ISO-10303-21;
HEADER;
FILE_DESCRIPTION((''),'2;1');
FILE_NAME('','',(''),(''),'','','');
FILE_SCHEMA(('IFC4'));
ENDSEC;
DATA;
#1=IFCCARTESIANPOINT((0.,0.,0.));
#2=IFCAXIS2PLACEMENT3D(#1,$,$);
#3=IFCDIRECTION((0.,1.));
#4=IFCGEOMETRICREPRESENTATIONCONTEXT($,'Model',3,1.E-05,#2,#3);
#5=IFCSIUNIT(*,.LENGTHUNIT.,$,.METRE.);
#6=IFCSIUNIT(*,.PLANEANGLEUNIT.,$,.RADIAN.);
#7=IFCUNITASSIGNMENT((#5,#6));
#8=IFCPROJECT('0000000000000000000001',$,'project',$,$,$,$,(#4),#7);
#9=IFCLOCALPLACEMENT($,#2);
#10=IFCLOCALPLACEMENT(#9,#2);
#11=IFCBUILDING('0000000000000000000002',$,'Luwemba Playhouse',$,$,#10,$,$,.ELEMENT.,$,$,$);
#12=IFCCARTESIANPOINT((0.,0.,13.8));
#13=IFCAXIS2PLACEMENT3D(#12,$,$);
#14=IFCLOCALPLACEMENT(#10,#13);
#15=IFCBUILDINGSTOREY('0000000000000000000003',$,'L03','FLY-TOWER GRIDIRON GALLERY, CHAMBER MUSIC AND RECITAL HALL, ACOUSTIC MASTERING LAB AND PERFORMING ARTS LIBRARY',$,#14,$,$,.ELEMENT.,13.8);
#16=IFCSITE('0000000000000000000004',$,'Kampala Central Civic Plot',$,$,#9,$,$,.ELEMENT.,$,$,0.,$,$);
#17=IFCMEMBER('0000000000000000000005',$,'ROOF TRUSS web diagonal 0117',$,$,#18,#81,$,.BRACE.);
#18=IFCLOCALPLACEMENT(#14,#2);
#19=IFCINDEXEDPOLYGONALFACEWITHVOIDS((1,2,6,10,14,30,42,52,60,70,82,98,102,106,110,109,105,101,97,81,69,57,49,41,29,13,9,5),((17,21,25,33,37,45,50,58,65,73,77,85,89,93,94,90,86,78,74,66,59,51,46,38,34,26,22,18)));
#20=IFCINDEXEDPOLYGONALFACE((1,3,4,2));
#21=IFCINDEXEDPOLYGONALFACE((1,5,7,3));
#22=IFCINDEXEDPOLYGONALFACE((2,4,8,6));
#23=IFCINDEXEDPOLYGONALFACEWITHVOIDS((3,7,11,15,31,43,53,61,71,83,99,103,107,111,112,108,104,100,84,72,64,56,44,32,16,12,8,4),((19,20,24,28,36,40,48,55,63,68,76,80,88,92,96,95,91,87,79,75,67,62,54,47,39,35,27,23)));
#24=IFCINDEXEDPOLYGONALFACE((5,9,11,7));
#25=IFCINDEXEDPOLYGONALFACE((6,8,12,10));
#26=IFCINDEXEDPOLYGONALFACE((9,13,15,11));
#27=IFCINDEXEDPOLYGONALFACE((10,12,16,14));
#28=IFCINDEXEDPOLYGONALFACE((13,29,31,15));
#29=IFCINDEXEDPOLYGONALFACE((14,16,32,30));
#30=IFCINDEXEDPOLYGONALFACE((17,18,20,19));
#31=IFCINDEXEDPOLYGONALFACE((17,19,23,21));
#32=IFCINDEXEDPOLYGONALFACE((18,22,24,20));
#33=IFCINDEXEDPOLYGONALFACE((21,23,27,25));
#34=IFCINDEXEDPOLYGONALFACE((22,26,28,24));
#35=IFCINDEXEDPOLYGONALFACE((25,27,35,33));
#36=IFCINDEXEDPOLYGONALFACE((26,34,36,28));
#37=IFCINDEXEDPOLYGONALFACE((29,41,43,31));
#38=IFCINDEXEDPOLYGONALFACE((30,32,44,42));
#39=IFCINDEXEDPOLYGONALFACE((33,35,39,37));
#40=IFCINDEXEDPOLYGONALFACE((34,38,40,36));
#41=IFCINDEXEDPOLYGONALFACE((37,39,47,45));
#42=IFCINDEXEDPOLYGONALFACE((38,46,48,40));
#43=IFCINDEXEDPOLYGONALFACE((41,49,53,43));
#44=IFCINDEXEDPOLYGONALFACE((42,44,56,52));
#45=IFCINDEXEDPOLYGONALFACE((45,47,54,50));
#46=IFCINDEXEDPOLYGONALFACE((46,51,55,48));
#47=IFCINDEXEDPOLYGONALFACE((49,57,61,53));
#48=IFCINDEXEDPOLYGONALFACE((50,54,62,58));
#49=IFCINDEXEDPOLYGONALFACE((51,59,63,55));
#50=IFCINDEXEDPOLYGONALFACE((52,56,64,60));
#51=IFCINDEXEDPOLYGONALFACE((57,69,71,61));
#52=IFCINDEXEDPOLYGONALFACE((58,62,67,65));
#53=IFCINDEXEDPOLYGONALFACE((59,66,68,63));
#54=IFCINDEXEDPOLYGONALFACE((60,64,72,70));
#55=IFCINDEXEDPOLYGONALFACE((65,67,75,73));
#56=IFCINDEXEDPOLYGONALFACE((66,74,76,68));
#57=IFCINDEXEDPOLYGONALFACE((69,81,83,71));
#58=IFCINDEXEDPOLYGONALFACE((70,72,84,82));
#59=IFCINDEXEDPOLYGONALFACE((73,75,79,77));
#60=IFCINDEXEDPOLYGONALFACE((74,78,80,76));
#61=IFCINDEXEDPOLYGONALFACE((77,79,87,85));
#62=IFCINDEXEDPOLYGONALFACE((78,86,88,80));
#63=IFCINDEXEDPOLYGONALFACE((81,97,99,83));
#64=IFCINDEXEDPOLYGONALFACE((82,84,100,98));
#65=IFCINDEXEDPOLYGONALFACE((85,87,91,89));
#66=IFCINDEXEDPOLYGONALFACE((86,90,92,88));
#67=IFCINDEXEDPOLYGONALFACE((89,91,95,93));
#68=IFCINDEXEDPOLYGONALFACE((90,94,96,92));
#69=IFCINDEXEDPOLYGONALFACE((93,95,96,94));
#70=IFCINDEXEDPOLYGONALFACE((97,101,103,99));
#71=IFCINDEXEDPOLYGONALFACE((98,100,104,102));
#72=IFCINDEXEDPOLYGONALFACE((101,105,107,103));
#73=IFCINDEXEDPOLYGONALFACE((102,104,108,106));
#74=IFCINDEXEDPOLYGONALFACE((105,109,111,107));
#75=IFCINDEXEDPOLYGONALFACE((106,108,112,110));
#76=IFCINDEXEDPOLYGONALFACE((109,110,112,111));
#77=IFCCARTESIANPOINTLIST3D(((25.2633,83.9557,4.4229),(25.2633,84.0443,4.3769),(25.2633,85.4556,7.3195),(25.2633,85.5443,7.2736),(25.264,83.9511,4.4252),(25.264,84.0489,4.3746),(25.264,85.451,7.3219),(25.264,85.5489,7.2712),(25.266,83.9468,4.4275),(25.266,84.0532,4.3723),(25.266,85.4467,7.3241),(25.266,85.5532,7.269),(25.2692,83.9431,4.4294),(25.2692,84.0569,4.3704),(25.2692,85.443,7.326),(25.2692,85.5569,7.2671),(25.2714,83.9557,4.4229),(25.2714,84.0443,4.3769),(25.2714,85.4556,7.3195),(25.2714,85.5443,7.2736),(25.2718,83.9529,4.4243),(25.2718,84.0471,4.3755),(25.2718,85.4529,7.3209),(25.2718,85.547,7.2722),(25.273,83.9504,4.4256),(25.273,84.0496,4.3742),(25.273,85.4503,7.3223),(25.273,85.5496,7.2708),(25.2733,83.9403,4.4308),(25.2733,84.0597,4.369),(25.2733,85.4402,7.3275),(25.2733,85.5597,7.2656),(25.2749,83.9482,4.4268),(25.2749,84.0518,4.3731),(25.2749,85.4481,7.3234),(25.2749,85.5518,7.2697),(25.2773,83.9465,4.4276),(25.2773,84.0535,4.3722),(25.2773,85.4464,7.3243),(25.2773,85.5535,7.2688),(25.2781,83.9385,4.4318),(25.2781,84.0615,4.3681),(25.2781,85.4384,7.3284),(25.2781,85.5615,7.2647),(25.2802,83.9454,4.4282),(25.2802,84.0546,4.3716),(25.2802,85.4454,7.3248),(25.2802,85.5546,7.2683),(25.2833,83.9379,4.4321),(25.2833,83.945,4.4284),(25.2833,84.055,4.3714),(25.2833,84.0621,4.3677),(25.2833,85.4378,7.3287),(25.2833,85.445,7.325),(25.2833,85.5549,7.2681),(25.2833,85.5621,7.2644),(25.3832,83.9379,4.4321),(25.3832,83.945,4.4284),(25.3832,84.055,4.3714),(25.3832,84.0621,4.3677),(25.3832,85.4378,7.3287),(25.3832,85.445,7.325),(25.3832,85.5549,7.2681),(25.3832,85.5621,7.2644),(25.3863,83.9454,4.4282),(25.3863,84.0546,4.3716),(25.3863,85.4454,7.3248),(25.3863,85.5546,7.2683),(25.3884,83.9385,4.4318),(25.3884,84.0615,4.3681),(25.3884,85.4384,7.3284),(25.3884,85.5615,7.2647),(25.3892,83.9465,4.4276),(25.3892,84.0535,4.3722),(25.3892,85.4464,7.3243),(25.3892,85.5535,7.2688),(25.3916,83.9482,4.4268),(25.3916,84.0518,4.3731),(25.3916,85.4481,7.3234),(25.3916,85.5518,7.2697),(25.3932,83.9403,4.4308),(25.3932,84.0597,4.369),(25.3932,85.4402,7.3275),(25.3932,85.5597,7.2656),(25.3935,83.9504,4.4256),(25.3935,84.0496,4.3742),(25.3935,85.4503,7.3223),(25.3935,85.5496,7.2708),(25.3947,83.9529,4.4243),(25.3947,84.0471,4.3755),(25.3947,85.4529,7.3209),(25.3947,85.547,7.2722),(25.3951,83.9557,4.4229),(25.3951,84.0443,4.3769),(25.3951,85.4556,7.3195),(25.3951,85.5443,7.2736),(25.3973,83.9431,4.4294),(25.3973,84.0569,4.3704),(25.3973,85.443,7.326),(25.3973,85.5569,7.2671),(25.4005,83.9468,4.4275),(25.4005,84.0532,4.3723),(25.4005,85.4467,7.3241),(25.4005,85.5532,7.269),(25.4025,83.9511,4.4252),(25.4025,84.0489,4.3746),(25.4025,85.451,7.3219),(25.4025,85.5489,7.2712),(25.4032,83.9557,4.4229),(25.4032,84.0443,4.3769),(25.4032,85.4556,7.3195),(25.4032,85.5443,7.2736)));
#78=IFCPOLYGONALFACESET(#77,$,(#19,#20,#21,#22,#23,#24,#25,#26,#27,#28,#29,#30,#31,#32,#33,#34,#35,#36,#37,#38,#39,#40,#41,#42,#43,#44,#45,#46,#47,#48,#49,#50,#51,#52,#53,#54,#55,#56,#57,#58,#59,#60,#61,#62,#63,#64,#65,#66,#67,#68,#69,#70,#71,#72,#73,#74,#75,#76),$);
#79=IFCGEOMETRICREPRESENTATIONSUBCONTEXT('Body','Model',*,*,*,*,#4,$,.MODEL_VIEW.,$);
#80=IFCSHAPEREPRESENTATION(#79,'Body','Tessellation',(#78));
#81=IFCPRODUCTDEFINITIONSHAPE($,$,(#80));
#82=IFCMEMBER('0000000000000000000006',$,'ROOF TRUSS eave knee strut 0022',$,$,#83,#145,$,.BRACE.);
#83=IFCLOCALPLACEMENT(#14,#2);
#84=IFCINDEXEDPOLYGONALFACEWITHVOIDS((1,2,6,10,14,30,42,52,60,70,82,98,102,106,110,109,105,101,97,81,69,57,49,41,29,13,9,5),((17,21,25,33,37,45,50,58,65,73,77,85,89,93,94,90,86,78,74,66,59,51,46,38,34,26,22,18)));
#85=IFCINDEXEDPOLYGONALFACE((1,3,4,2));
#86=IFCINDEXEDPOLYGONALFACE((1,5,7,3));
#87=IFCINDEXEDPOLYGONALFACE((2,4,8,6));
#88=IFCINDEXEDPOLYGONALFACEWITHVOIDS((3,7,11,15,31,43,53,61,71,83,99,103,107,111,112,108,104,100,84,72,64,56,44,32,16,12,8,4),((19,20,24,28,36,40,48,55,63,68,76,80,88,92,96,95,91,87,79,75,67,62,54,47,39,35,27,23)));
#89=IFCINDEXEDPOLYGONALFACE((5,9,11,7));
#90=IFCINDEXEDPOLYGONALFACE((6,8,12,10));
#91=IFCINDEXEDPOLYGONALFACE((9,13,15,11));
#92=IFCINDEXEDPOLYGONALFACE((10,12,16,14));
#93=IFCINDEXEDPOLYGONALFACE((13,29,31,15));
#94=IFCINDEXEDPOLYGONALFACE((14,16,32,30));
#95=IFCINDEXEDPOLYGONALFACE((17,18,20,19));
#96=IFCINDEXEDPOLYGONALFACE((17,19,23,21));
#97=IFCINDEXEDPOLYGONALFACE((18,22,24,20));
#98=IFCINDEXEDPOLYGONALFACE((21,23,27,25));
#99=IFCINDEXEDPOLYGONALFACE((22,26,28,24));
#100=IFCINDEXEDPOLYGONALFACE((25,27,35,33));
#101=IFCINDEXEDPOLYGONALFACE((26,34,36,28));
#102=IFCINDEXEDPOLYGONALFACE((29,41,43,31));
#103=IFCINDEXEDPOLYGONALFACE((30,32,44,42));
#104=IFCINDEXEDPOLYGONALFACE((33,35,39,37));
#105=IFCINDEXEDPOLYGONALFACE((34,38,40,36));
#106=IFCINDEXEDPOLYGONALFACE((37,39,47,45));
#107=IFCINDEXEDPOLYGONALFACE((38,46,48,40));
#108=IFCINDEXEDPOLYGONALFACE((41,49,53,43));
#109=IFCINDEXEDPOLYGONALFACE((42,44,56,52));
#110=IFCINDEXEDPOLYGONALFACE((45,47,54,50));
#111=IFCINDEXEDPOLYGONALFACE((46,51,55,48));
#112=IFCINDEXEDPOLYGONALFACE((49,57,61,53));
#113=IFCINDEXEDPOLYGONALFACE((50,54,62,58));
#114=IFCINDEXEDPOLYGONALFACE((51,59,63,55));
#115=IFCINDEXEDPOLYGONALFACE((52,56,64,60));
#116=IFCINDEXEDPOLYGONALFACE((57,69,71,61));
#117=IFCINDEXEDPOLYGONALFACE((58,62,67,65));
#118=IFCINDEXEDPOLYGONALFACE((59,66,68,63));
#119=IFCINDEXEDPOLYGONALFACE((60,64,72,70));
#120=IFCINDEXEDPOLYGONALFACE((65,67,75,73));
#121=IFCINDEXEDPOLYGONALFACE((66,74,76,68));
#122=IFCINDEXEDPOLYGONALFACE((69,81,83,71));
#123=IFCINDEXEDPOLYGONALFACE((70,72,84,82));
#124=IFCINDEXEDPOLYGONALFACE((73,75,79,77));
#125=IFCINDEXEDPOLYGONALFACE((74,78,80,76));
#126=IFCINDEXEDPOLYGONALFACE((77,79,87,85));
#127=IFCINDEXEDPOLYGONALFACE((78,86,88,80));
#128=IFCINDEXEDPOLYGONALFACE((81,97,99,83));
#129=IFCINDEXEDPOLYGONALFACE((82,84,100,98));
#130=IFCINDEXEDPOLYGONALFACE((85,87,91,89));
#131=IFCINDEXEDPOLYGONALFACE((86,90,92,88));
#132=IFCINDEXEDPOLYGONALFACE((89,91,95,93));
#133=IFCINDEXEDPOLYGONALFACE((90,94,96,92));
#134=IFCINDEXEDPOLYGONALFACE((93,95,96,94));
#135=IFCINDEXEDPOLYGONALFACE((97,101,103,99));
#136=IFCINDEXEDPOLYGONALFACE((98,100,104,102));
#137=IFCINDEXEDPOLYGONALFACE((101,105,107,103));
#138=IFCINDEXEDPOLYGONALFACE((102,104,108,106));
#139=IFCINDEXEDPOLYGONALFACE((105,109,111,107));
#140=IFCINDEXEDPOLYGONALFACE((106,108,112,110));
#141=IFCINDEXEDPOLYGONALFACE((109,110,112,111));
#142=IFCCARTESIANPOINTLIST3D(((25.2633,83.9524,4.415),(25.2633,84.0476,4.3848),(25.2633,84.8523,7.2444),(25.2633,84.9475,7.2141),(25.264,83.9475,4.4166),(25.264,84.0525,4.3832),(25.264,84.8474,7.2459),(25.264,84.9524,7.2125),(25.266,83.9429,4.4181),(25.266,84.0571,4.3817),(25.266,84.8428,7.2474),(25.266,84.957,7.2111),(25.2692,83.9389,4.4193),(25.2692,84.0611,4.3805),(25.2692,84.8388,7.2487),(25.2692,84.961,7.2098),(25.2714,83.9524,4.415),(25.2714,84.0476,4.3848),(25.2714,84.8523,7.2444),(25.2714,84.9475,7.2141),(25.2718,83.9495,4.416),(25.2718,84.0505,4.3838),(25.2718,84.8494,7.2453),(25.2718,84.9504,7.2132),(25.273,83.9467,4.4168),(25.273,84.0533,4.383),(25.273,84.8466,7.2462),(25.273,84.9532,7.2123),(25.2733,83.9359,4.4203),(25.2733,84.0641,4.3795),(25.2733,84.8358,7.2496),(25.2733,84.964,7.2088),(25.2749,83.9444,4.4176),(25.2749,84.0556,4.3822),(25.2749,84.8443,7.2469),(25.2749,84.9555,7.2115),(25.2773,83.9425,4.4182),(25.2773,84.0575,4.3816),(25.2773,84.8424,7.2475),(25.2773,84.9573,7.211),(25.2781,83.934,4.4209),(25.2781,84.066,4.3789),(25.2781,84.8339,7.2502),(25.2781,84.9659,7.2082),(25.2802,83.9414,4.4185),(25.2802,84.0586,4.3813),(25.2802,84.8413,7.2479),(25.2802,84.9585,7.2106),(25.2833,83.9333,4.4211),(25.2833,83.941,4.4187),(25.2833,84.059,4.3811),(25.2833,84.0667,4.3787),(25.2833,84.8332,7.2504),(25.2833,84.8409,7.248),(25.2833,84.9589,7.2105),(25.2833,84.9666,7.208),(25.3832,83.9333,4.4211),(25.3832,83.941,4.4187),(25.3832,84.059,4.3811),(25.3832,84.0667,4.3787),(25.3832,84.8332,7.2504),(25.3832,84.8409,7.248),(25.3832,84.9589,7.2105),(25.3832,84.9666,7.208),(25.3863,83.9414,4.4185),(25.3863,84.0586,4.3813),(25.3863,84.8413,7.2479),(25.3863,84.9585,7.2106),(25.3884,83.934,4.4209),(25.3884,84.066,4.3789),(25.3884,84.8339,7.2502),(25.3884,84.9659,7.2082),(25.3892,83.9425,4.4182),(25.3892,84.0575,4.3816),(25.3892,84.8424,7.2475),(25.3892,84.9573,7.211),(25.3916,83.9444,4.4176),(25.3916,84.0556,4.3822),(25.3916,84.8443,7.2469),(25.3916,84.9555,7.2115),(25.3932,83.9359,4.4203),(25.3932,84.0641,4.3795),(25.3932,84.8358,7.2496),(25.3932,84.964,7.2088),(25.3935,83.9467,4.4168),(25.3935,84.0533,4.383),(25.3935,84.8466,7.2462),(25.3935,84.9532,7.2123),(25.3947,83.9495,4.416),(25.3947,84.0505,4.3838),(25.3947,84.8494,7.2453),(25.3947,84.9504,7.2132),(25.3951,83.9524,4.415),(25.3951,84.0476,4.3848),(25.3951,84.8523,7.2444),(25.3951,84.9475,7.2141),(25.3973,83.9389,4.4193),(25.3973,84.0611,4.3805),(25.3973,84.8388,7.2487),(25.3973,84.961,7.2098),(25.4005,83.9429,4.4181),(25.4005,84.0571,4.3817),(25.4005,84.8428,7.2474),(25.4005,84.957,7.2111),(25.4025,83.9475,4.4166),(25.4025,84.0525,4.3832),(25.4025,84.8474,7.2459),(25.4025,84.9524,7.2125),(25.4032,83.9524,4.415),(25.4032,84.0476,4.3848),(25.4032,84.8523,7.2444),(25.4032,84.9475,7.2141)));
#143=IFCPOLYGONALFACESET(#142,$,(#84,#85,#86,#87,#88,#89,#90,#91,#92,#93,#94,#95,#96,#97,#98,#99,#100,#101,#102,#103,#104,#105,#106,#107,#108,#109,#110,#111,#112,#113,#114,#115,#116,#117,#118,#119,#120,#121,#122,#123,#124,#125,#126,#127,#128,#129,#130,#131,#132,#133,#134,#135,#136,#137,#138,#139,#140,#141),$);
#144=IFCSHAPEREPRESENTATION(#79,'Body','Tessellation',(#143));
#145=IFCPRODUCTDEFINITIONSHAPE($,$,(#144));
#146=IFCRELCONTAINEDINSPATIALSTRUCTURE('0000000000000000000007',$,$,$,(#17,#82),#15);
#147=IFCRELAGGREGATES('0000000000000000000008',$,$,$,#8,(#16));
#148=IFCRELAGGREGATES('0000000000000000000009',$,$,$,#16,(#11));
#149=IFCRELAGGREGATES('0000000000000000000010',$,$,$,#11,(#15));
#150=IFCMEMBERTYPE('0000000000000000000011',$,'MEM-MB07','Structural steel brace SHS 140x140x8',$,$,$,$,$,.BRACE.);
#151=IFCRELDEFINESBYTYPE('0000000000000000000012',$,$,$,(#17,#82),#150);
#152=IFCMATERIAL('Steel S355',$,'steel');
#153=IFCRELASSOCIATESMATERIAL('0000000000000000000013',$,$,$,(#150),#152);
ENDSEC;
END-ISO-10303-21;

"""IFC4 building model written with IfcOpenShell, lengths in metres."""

from ifc_helpers import new_model, si_unit, direction, frame, origin, origin_2d, place, context, subcontext, project, spatial, hollow_rectangle, extrude, material, material_profile, profile_set, type_object, element, save


model = new_model("IFC4")

# Units and contexts
model_context = context("Model", 3, precision=1e-05, world=origin(), true_north=direction((0.0, 1.0)))
body_context = subcontext(model_context, "Body", "Model", "MODEL_VIEW")
ifc_project = project(units=[si_unit("LENGTHUNIT", "METRE"), si_unit("PLANEANGLEUNIT", "RADIAN")], contexts=[model_context])

# Site, building, storey
site_placement = place(None, origin())
site = spatial("IfcSite", under=ifc_project, at=site_placement, Name="Kampala Central Civic Plot", CompositionType="ELEMENT", RefElevation=0.0)
building_placement = place(site_placement, origin())
building = spatial("IfcBuilding", under=site, at=building_placement, Name="Luwemba Playhouse", CompositionType="ELEMENT")
storey_placement = place(building_placement, frame((0.0, 0.0, 13.8)))
storey = spatial("IfcBuildingStorey", under=building, at=storey_placement, Name="L03", Description="FLY-TOWER GRIDIRON GALLERY, CHAMBER MUSIC AND RECITAL HALL, ACOUSTIC MASTERING LAB AND PERFORMING ARTS LIBRARY", CompositionType="ELEMENT", Elevation=13.8)

# Shared definitions
ifc_material_1 = material(Name="Steel S355", Category="steel")

# Members
ifc_material_profile_1 = material_profile(ifc_material_1, hollow_rectangle(XDim=0.1399, YDim=0.1399, WallThickness=0.0081, InnerFilletRadius=0.012, OuterFilletRadius=0.02, at=origin_2d()))
ifc_profile_set_1 = profile_set([ifc_material_profile_1], Name="Steel S355")
member_type_1 = type_object("IfcMemberType", Name="MEM-MB07", Description="Structural steel brace SHS 140x140x8", PredefinedType="BRACE", material=ifc_profile_set_1)
member_1_placement = place(storey_placement, frame((25.3333, 84.0, 4.3999), z_axis=(0.0, 0.459832, 0.888006), x_axis=(-1.0, 0.0, 0.0)))
element("IfcMember", 1, at=member_1_placement, inside=storey, type_object=member_type_1, Name="ROOF TRUSS web diagonal 0117", PredefinedType="BRACE", context=body_context, shape_type="SweptSolid", body=[
    extrude(hollow_rectangle(XDim=0.1399, YDim=0.1399, WallThickness=0.0081, InnerFilletRadius=0.012, OuterFilletRadius=0.02, at=origin_2d()), origin(), (0.0, 0.0, 1.0), 3.262),
])
member_2_placement = place(storey_placement, frame((25.3333, 84.0, 4.3999), z_axis=(0.0, 0.303098, 0.952959), x_axis=(-1.0, 0.0, 0.0)))
element("IfcMember", 2, at=member_2_placement, inside=storey, type_object=member_type_1, Name="ROOF TRUSS eave knee strut 0022", PredefinedType="BRACE", context=body_context, shape_type="SweptSolid", body=[
    extrude(hollow_rectangle(XDim=0.1399, YDim=0.1399, WallThickness=0.0081, InnerFilletRadius=0.012, OuterFilletRadius=0.02, at=origin_2d()), origin(), (0.0, 0.0, 1.0), 2.969),
])

save(model, "model.ifc")
